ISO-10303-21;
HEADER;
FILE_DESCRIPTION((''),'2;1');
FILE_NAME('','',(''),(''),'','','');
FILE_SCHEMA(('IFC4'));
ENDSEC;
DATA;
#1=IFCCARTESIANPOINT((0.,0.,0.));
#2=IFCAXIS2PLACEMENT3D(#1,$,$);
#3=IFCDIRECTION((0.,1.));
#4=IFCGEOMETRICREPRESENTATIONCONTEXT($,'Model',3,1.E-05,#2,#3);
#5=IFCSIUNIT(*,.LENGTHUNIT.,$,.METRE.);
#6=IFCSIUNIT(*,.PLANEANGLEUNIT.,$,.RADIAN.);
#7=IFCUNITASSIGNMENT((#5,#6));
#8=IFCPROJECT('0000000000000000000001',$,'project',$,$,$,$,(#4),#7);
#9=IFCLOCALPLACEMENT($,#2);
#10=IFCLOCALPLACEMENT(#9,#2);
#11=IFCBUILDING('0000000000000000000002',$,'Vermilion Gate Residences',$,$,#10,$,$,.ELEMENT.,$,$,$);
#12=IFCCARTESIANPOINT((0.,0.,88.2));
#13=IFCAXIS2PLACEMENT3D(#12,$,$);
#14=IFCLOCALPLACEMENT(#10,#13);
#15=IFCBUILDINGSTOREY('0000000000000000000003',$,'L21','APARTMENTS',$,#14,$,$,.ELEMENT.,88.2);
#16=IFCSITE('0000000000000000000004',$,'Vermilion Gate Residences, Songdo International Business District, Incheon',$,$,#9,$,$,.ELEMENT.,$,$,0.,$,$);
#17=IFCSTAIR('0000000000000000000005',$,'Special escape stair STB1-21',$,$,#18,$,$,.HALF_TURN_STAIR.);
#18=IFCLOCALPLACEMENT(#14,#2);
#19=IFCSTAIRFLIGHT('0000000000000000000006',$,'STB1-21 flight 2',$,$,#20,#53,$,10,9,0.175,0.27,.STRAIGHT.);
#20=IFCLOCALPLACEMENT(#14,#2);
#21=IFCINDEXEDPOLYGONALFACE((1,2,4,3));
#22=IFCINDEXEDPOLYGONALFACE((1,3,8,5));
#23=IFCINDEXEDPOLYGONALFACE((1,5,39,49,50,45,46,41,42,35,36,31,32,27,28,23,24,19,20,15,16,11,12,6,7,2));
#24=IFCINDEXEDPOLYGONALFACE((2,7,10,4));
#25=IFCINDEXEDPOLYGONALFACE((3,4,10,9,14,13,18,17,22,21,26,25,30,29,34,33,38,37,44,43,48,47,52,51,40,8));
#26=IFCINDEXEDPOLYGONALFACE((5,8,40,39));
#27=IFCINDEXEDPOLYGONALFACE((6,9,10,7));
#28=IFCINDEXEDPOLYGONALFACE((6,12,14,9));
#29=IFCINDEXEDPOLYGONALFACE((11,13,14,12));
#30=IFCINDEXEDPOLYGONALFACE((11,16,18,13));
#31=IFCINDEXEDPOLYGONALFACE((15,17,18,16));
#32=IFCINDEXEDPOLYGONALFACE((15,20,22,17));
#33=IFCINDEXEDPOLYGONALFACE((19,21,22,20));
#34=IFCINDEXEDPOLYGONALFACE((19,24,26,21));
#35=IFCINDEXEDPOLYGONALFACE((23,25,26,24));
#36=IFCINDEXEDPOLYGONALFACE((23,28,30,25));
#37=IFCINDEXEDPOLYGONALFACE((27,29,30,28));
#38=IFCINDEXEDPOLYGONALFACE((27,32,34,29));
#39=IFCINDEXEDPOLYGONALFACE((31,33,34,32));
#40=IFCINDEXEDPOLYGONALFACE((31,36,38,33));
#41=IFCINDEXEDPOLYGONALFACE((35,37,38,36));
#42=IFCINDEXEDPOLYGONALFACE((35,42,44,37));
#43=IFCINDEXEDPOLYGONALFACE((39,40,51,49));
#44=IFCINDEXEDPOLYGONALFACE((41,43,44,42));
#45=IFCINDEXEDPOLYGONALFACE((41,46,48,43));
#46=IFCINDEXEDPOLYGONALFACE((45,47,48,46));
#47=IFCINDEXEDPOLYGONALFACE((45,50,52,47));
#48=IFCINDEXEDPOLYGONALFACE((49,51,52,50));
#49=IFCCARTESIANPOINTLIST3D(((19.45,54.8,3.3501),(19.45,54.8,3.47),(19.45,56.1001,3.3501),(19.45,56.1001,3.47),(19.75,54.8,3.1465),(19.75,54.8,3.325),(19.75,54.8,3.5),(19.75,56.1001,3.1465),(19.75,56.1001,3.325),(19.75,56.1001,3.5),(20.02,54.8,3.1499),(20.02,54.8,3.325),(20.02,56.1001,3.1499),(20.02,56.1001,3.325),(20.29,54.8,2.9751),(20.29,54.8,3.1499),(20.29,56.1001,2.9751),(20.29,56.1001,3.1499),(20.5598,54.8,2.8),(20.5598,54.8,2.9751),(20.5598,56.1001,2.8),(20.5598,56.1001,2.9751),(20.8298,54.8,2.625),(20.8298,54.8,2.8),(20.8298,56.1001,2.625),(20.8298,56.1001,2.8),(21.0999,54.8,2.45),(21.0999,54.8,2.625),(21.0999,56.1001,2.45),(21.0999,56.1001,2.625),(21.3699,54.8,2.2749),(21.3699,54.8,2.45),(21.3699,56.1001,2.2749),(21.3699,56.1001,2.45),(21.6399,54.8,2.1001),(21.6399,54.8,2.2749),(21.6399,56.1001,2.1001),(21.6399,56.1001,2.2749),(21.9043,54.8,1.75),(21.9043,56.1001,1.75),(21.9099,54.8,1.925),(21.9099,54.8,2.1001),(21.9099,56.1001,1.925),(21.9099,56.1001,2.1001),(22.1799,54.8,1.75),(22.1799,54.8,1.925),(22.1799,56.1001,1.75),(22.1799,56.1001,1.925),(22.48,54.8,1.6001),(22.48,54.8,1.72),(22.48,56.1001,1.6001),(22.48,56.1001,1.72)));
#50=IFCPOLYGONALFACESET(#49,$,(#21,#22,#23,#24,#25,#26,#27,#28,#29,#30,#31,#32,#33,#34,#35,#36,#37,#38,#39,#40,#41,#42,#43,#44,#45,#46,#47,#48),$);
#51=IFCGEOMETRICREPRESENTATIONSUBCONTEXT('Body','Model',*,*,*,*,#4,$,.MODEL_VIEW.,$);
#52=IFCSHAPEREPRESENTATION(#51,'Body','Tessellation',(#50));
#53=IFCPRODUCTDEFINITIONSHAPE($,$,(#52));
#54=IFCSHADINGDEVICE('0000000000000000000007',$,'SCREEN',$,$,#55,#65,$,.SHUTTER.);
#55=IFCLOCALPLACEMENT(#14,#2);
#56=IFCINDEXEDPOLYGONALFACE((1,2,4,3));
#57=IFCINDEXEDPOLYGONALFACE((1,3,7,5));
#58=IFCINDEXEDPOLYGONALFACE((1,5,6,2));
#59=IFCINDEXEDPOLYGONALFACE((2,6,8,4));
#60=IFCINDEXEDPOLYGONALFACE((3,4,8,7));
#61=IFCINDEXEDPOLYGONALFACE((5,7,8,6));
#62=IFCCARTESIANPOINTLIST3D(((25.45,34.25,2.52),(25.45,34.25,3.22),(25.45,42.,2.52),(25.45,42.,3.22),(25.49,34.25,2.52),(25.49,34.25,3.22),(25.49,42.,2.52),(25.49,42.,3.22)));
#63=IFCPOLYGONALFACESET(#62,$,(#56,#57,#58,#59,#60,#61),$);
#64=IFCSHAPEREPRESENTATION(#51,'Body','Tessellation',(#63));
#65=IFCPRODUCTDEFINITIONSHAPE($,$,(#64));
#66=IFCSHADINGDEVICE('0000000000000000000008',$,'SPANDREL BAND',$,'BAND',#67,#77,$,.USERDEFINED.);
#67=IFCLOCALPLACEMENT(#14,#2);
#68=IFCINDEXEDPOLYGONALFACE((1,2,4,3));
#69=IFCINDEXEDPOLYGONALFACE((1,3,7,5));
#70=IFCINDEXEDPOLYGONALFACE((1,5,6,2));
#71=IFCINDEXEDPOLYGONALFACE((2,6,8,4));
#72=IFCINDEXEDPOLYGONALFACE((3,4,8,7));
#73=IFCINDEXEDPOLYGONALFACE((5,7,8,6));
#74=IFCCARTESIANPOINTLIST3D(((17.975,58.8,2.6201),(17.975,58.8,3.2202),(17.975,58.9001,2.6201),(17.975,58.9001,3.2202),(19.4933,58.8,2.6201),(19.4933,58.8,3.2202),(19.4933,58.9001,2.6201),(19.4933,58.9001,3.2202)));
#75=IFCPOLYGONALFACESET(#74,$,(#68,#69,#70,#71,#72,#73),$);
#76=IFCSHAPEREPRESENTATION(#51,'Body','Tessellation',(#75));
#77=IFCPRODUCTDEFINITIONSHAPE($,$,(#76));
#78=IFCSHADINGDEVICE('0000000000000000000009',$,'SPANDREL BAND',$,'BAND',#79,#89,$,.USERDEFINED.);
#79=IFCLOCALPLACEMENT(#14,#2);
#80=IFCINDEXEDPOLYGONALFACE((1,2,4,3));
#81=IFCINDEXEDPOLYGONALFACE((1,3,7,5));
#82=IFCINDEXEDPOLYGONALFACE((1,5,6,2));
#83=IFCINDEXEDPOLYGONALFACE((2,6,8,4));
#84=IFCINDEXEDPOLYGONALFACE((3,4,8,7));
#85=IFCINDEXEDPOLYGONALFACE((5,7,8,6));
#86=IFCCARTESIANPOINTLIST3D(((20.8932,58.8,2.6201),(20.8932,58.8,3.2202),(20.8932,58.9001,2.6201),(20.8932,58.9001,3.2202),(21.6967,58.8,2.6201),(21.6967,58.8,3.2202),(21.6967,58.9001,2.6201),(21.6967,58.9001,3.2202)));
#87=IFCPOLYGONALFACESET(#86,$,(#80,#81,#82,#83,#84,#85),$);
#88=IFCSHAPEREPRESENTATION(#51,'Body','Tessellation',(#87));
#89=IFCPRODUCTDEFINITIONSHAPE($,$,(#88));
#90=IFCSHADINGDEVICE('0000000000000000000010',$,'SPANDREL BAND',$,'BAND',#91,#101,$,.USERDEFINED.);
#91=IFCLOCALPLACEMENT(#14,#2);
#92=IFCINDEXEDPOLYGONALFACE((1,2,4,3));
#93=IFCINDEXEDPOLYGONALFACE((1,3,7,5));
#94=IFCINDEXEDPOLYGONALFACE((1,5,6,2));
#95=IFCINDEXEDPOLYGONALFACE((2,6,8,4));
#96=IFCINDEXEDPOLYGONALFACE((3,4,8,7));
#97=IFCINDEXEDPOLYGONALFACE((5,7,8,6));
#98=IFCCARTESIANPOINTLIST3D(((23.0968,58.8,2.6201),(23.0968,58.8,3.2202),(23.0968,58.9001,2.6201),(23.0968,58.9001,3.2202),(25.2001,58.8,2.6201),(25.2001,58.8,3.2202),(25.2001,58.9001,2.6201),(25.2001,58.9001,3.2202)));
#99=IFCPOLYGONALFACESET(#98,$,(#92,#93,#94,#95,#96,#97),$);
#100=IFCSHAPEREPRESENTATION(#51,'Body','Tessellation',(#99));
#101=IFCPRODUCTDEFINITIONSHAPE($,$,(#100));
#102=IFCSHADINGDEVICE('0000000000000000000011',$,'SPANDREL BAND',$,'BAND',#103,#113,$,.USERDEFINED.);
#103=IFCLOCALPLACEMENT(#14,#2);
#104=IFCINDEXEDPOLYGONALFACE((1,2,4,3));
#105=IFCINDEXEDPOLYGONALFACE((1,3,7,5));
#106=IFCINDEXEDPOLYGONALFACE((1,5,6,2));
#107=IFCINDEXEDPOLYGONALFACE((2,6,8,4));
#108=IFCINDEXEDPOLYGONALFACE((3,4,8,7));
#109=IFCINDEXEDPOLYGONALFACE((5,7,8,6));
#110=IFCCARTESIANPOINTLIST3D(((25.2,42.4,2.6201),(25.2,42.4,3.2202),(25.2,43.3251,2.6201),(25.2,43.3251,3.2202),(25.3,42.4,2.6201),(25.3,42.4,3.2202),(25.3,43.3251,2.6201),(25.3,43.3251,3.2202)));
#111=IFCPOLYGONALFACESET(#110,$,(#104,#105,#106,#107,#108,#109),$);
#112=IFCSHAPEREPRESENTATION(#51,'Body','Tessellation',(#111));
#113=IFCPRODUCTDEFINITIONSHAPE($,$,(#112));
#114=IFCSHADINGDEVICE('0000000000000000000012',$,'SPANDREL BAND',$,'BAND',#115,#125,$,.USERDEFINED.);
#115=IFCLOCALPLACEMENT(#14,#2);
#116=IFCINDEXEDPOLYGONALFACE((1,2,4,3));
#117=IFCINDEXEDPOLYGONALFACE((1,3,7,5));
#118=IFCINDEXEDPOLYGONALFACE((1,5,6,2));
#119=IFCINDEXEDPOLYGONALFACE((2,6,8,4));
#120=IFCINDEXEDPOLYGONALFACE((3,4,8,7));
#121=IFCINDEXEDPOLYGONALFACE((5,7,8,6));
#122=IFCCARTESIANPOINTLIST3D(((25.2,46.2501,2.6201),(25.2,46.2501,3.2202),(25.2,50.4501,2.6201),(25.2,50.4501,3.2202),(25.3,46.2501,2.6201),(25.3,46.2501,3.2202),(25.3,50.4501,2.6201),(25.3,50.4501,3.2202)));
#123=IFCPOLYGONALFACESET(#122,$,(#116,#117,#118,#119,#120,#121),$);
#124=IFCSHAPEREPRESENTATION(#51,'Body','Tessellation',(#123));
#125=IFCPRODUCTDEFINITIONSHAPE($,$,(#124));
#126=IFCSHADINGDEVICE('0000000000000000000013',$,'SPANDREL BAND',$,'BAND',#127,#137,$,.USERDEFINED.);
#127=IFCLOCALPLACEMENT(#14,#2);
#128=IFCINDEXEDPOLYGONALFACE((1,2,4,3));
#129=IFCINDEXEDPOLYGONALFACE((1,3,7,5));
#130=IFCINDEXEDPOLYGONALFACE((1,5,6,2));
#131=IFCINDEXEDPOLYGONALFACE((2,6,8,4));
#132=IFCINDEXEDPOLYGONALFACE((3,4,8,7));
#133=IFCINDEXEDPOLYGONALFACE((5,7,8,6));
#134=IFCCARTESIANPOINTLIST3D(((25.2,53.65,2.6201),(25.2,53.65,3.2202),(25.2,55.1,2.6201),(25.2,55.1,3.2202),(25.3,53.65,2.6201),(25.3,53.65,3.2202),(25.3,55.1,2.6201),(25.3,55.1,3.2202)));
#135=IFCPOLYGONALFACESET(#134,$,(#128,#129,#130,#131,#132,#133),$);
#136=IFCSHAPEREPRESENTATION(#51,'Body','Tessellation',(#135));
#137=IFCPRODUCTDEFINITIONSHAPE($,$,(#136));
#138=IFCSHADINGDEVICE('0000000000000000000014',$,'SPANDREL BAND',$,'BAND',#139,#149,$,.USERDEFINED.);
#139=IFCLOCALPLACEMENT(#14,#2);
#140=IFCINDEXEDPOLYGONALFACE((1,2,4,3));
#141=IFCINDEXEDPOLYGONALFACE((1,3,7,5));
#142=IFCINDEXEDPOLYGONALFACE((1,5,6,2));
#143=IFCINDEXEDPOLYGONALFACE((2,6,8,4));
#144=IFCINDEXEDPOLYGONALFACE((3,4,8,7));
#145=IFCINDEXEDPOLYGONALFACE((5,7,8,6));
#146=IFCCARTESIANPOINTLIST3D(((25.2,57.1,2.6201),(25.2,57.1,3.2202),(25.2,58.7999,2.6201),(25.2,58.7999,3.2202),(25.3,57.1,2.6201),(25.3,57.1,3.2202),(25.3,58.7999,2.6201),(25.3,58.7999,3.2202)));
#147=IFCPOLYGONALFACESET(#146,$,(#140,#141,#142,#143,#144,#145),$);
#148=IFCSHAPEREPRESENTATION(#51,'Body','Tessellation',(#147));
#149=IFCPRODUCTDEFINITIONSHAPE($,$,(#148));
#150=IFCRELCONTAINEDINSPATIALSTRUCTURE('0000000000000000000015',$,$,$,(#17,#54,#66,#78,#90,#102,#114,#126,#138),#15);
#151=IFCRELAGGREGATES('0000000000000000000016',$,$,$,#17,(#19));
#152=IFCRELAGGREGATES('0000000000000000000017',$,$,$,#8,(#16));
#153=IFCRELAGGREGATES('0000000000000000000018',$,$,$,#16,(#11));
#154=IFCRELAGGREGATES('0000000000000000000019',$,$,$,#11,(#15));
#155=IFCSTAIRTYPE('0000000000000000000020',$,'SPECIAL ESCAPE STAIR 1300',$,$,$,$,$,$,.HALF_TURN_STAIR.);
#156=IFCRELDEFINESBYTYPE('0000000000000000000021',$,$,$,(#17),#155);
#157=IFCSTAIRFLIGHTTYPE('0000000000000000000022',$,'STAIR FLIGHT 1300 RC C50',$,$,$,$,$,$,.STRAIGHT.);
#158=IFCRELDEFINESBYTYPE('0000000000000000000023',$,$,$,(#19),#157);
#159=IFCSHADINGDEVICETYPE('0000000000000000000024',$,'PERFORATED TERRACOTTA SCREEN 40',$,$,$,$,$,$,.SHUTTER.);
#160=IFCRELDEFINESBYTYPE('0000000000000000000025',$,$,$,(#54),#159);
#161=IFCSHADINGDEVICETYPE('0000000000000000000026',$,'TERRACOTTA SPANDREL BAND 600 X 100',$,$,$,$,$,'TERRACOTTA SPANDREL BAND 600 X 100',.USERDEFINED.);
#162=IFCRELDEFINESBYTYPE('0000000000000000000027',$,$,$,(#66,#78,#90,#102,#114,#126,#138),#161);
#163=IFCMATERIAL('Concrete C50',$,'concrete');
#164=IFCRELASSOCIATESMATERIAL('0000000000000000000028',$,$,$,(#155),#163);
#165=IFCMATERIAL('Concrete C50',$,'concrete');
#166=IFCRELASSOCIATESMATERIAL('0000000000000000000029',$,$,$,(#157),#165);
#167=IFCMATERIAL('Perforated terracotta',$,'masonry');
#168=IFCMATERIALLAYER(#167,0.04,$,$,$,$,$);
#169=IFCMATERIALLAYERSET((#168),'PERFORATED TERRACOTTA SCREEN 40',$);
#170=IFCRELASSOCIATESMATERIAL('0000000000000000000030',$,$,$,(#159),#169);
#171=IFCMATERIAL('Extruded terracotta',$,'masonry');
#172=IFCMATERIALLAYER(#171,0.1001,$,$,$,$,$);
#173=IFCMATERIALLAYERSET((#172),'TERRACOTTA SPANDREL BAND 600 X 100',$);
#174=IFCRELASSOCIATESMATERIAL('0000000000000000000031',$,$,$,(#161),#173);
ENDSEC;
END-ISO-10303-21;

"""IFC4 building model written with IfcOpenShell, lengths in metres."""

from ifc_helpers import new_model, si_unit, direction, frame, origin, origin_2d, place, context, subcontext, project, spatial, polyline, rectangle, outline, extrude, material, layer, layer_set, type_object, element, aggregate, save


model = new_model("IFC4")

# Units and contexts
model_context = context("Model", 3, precision=1e-05, world=origin(), true_north=direction((0.0, 1.0)))
body_context = subcontext(model_context, "Body", "Model", "MODEL_VIEW")
ifc_project = project(units=[si_unit("LENGTHUNIT", "METRE"), si_unit("PLANEANGLEUNIT", "RADIAN")], contexts=[model_context])

# Site, building, storey
site_placement = place(None, origin())
site = spatial("IfcSite", under=ifc_project, at=site_placement, Name="Vermilion Gate Residences, Songdo International Business District, Incheon", CompositionType="ELEMENT", RefElevation=0.0)
building_placement = place(site_placement, origin())
building = spatial("IfcBuilding", under=site, at=building_placement, Name="Vermilion Gate Residences", CompositionType="ELEMENT")
storey_placement = place(building_placement, frame((0.0, 0.0, 88.2)))
storey = spatial("IfcBuildingStorey", under=building, at=storey_placement, Name="L21", Description="APARTMENTS", CompositionType="ELEMENT", Elevation=88.2)

# Stair, stair flight
ifc_material_1 = material(Name="Concrete C50", Category="concrete")
stair_type = type_object("IfcStairType", Name="SPECIAL ESCAPE STAIR 1300", PredefinedType="HALF_TURN_STAIR", material=ifc_material_1)
stair_placement = place(storey_placement, origin())
stair = element("IfcStair", 1, at=stair_placement, inside=storey, type_object=stair_type, Name="Special escape stair STB1-21", PredefinedType="HALF_TURN_STAIR")
ifc_material_2 = material(Name="Concrete C50", Category="concrete")
stair_flight_type = type_object("IfcStairFlightType", Name="STAIR FLIGHT 1300 RC C50", PredefinedType="STRAIGHT", material=ifc_material_2)
stair_flight_1_placement = place(storey_placement, frame((22.1799, 55.45, 1.75), z_axis=(0.0, 0.0, 1.0), x_axis=(-1.0, 0.0, 0.0)))
stair_flight_1 = element("IfcStairFlight", 2, at=stair_flight_1_placement, type_object=stair_flight_type, Name="STB1-21 flight 2", NumberOfRisers=10, NumberOfTreads=9, PredefinedType="STRAIGHT", RiserHeight=0.175, TreadLength=0.27, context=body_context, shape_type="SweptSolid", body=[
    extrude(outline(polyline([(-0.3, -0.1499), (-0.3, -0.03), (0.0, 0.0), (0.0, 0.175), (0.27, 0.175), (0.27, 0.3501), (0.54, 0.3501), (0.54, 0.5249), (0.8101, 0.5249), (0.8101, 0.7), (1.0801, 0.7), (1.0801, 0.875), (1.3501, 0.875), (1.3501, 1.05), (1.6201, 1.05), (1.6201, 1.2251), (1.8899, 1.2251), (1.8899, 1.3999), (2.1599, 1.3999), (2.1599, 1.575), (2.4299, 1.575), (2.4299, 1.75), (2.73, 1.72), (2.73, 1.6001), (2.4299, 1.3965), (0.2756, 0.0), (-0.3, -0.1499)])), frame((0.0, 0.6499, 0.0), z_axis=(0.0, -1.0, 0.0), x_axis=(1.0, 0.0, 0.0)), (0.0, 0.0, 1.0), 1.3),
])
aggregate(stair, [stair_flight_1])

# Shading device
ifc_material_3 = material(Name="Perforated terracotta", Category="masonry")
ifc_layer_1 = layer(ifc_material_3, 0.04)
ifc_layer_set_1 = layer_set([ifc_layer_1], Name="PERFORATED TERRACOTTA SCREEN 40")
shading_device_type_1 = type_object("IfcShadingDeviceType", Name="PERFORATED TERRACOTTA SCREEN 40", PredefinedType="SHUTTER", material=ifc_layer_set_1)
shading_device_1_placement = place(storey_placement, frame((25.47, 38.125, 2.52), z_axis=(0.0, 0.0, 1.0), x_axis=(0.0, 1.0, 0.0)))
element("IfcShadingDevice", 3, at=shading_device_1_placement, inside=storey, type_object=shading_device_type_1, Name="SCREEN", PredefinedType="SHUTTER", context=body_context, shape_type="SweptSolid", body=[
    extrude(rectangle(XDim=7.75, YDim=0.04, at=origin_2d()), origin(), (0.0, 0.0, 1.0), 0.7),
])

# Shading devices
ifc_material_4 = material(Name="Extruded terracotta", Category="masonry")
ifc_layer_2 = layer(ifc_material_4, 0.1001)
ifc_layer_set_2 = layer_set([ifc_layer_2], Name="TERRACOTTA SPANDREL BAND 600 X 100")
shading_device_type_2 = type_object("IfcShadingDeviceType", Name="TERRACOTTA SPANDREL BAND 600 X 100", ElementType="TERRACOTTA SPANDREL BAND 600 X 100", PredefinedType="USERDEFINED", material=ifc_layer_set_2)
shading_device_2_placement = place(storey_placement, frame((18.7341, 58.8501, 2.6201), z_axis=(0.0, 0.0, 1.0), x_axis=(1.0, 0.0, 0.0)))
element("IfcShadingDevice", 4, at=shading_device_2_placement, inside=storey, type_object=shading_device_type_2, Name="SPANDREL BAND", ObjectType="BAND", PredefinedType="USERDEFINED", context=body_context, shape_type="SweptSolid", body=[
    extrude(rectangle(XDim=1.5183, YDim=0.1001, at=origin_2d()), origin(), (0.0, 0.0, 1.0), 0.6001),
])
shading_device_3_placement = place(storey_placement, frame((21.2949, 58.8501, 2.6201), z_axis=(0.0, 0.0, 1.0), x_axis=(1.0, 0.0, 0.0)))
element("IfcShadingDevice", 5, at=shading_device_3_placement, inside=storey, type_object=shading_device_type_2, Name="SPANDREL BAND", ObjectType="BAND", PredefinedType="USERDEFINED", context=body_context, shape_type="SweptSolid", body=[
    extrude(rectangle(XDim=0.8035, YDim=0.1001, at=origin_2d()), origin(), (0.0, 0.0, 1.0), 0.6001),
])
shading_device_4_placement = place(storey_placement, frame((24.1484, 58.8501, 2.6201), z_axis=(0.0, 0.0, 1.0), x_axis=(1.0, 0.0, 0.0)))
element("IfcShadingDevice", 6, at=shading_device_4_placement, inside=storey, type_object=shading_device_type_2, Name="SPANDREL BAND", ObjectType="BAND", PredefinedType="USERDEFINED", context=body_context, shape_type="SweptSolid", body=[
    extrude(rectangle(XDim=2.1033, YDim=0.1001, at=origin_2d()), origin(), (0.0, 0.0, 1.0), 0.6001),
])
shading_device_5_placement = place(storey_placement, frame((25.25, 42.8625, 2.6201), z_axis=(0.0, 0.0, 1.0), x_axis=(0.0, 1.0, 0.0)))
element("IfcShadingDevice", 7, at=shading_device_5_placement, inside=storey, type_object=shading_device_type_2, Name="SPANDREL BAND", ObjectType="BAND", PredefinedType="USERDEFINED", context=body_context, shape_type="SweptSolid", body=[
    extrude(rectangle(XDim=0.925, YDim=0.1001, at=origin_2d()), origin(), (0.0, 0.0, 1.0), 0.6001),
])
shading_device_6_placement = place(storey_placement, frame((25.25, 48.3501, 2.6201), z_axis=(0.0, 0.0, 1.0), x_axis=(0.0, 1.0, 0.0)))
element("IfcShadingDevice", 8, at=shading_device_6_placement, inside=storey, type_object=shading_device_type_2, Name="SPANDREL BAND", ObjectType="BAND", PredefinedType="USERDEFINED", context=body_context, shape_type="SweptSolid", body=[
    extrude(rectangle(XDim=4.2, YDim=0.1001, at=origin_2d()), origin(), (0.0, 0.0, 1.0), 0.6001),
])
shading_device_7_placement = place(storey_placement, frame((25.25, 54.375, 2.6201), z_axis=(0.0, 0.0, 1.0), x_axis=(0.0, 1.0, 0.0)))
element("IfcShadingDevice", 9, at=shading_device_7_placement, inside=storey, type_object=shading_device_type_2, Name="SPANDREL BAND", ObjectType="BAND", PredefinedType="USERDEFINED", context=body_context, shape_type="SweptSolid", body=[
    extrude(rectangle(XDim=1.45, YDim=0.1001, at=origin_2d()), origin(), (0.0, 0.0, 1.0), 0.6001),
])
shading_device_8_placement = place(storey_placement, frame((25.25, 57.95, 2.6201), z_axis=(0.0, 0.0, 1.0), x_axis=(0.0, 1.0, 0.0)))
element("IfcShadingDevice", 10, at=shading_device_8_placement, inside=storey, type_object=shading_device_type_2, Name="SPANDREL BAND", ObjectType="BAND", PredefinedType="USERDEFINED", context=body_context, shape_type="SweptSolid", body=[
    extrude(rectangle(XDim=1.7, YDim=0.1001, at=origin_2d()), origin(), (0.0, 0.0, 1.0), 0.6001),
])

save(model, "model.ifc")
